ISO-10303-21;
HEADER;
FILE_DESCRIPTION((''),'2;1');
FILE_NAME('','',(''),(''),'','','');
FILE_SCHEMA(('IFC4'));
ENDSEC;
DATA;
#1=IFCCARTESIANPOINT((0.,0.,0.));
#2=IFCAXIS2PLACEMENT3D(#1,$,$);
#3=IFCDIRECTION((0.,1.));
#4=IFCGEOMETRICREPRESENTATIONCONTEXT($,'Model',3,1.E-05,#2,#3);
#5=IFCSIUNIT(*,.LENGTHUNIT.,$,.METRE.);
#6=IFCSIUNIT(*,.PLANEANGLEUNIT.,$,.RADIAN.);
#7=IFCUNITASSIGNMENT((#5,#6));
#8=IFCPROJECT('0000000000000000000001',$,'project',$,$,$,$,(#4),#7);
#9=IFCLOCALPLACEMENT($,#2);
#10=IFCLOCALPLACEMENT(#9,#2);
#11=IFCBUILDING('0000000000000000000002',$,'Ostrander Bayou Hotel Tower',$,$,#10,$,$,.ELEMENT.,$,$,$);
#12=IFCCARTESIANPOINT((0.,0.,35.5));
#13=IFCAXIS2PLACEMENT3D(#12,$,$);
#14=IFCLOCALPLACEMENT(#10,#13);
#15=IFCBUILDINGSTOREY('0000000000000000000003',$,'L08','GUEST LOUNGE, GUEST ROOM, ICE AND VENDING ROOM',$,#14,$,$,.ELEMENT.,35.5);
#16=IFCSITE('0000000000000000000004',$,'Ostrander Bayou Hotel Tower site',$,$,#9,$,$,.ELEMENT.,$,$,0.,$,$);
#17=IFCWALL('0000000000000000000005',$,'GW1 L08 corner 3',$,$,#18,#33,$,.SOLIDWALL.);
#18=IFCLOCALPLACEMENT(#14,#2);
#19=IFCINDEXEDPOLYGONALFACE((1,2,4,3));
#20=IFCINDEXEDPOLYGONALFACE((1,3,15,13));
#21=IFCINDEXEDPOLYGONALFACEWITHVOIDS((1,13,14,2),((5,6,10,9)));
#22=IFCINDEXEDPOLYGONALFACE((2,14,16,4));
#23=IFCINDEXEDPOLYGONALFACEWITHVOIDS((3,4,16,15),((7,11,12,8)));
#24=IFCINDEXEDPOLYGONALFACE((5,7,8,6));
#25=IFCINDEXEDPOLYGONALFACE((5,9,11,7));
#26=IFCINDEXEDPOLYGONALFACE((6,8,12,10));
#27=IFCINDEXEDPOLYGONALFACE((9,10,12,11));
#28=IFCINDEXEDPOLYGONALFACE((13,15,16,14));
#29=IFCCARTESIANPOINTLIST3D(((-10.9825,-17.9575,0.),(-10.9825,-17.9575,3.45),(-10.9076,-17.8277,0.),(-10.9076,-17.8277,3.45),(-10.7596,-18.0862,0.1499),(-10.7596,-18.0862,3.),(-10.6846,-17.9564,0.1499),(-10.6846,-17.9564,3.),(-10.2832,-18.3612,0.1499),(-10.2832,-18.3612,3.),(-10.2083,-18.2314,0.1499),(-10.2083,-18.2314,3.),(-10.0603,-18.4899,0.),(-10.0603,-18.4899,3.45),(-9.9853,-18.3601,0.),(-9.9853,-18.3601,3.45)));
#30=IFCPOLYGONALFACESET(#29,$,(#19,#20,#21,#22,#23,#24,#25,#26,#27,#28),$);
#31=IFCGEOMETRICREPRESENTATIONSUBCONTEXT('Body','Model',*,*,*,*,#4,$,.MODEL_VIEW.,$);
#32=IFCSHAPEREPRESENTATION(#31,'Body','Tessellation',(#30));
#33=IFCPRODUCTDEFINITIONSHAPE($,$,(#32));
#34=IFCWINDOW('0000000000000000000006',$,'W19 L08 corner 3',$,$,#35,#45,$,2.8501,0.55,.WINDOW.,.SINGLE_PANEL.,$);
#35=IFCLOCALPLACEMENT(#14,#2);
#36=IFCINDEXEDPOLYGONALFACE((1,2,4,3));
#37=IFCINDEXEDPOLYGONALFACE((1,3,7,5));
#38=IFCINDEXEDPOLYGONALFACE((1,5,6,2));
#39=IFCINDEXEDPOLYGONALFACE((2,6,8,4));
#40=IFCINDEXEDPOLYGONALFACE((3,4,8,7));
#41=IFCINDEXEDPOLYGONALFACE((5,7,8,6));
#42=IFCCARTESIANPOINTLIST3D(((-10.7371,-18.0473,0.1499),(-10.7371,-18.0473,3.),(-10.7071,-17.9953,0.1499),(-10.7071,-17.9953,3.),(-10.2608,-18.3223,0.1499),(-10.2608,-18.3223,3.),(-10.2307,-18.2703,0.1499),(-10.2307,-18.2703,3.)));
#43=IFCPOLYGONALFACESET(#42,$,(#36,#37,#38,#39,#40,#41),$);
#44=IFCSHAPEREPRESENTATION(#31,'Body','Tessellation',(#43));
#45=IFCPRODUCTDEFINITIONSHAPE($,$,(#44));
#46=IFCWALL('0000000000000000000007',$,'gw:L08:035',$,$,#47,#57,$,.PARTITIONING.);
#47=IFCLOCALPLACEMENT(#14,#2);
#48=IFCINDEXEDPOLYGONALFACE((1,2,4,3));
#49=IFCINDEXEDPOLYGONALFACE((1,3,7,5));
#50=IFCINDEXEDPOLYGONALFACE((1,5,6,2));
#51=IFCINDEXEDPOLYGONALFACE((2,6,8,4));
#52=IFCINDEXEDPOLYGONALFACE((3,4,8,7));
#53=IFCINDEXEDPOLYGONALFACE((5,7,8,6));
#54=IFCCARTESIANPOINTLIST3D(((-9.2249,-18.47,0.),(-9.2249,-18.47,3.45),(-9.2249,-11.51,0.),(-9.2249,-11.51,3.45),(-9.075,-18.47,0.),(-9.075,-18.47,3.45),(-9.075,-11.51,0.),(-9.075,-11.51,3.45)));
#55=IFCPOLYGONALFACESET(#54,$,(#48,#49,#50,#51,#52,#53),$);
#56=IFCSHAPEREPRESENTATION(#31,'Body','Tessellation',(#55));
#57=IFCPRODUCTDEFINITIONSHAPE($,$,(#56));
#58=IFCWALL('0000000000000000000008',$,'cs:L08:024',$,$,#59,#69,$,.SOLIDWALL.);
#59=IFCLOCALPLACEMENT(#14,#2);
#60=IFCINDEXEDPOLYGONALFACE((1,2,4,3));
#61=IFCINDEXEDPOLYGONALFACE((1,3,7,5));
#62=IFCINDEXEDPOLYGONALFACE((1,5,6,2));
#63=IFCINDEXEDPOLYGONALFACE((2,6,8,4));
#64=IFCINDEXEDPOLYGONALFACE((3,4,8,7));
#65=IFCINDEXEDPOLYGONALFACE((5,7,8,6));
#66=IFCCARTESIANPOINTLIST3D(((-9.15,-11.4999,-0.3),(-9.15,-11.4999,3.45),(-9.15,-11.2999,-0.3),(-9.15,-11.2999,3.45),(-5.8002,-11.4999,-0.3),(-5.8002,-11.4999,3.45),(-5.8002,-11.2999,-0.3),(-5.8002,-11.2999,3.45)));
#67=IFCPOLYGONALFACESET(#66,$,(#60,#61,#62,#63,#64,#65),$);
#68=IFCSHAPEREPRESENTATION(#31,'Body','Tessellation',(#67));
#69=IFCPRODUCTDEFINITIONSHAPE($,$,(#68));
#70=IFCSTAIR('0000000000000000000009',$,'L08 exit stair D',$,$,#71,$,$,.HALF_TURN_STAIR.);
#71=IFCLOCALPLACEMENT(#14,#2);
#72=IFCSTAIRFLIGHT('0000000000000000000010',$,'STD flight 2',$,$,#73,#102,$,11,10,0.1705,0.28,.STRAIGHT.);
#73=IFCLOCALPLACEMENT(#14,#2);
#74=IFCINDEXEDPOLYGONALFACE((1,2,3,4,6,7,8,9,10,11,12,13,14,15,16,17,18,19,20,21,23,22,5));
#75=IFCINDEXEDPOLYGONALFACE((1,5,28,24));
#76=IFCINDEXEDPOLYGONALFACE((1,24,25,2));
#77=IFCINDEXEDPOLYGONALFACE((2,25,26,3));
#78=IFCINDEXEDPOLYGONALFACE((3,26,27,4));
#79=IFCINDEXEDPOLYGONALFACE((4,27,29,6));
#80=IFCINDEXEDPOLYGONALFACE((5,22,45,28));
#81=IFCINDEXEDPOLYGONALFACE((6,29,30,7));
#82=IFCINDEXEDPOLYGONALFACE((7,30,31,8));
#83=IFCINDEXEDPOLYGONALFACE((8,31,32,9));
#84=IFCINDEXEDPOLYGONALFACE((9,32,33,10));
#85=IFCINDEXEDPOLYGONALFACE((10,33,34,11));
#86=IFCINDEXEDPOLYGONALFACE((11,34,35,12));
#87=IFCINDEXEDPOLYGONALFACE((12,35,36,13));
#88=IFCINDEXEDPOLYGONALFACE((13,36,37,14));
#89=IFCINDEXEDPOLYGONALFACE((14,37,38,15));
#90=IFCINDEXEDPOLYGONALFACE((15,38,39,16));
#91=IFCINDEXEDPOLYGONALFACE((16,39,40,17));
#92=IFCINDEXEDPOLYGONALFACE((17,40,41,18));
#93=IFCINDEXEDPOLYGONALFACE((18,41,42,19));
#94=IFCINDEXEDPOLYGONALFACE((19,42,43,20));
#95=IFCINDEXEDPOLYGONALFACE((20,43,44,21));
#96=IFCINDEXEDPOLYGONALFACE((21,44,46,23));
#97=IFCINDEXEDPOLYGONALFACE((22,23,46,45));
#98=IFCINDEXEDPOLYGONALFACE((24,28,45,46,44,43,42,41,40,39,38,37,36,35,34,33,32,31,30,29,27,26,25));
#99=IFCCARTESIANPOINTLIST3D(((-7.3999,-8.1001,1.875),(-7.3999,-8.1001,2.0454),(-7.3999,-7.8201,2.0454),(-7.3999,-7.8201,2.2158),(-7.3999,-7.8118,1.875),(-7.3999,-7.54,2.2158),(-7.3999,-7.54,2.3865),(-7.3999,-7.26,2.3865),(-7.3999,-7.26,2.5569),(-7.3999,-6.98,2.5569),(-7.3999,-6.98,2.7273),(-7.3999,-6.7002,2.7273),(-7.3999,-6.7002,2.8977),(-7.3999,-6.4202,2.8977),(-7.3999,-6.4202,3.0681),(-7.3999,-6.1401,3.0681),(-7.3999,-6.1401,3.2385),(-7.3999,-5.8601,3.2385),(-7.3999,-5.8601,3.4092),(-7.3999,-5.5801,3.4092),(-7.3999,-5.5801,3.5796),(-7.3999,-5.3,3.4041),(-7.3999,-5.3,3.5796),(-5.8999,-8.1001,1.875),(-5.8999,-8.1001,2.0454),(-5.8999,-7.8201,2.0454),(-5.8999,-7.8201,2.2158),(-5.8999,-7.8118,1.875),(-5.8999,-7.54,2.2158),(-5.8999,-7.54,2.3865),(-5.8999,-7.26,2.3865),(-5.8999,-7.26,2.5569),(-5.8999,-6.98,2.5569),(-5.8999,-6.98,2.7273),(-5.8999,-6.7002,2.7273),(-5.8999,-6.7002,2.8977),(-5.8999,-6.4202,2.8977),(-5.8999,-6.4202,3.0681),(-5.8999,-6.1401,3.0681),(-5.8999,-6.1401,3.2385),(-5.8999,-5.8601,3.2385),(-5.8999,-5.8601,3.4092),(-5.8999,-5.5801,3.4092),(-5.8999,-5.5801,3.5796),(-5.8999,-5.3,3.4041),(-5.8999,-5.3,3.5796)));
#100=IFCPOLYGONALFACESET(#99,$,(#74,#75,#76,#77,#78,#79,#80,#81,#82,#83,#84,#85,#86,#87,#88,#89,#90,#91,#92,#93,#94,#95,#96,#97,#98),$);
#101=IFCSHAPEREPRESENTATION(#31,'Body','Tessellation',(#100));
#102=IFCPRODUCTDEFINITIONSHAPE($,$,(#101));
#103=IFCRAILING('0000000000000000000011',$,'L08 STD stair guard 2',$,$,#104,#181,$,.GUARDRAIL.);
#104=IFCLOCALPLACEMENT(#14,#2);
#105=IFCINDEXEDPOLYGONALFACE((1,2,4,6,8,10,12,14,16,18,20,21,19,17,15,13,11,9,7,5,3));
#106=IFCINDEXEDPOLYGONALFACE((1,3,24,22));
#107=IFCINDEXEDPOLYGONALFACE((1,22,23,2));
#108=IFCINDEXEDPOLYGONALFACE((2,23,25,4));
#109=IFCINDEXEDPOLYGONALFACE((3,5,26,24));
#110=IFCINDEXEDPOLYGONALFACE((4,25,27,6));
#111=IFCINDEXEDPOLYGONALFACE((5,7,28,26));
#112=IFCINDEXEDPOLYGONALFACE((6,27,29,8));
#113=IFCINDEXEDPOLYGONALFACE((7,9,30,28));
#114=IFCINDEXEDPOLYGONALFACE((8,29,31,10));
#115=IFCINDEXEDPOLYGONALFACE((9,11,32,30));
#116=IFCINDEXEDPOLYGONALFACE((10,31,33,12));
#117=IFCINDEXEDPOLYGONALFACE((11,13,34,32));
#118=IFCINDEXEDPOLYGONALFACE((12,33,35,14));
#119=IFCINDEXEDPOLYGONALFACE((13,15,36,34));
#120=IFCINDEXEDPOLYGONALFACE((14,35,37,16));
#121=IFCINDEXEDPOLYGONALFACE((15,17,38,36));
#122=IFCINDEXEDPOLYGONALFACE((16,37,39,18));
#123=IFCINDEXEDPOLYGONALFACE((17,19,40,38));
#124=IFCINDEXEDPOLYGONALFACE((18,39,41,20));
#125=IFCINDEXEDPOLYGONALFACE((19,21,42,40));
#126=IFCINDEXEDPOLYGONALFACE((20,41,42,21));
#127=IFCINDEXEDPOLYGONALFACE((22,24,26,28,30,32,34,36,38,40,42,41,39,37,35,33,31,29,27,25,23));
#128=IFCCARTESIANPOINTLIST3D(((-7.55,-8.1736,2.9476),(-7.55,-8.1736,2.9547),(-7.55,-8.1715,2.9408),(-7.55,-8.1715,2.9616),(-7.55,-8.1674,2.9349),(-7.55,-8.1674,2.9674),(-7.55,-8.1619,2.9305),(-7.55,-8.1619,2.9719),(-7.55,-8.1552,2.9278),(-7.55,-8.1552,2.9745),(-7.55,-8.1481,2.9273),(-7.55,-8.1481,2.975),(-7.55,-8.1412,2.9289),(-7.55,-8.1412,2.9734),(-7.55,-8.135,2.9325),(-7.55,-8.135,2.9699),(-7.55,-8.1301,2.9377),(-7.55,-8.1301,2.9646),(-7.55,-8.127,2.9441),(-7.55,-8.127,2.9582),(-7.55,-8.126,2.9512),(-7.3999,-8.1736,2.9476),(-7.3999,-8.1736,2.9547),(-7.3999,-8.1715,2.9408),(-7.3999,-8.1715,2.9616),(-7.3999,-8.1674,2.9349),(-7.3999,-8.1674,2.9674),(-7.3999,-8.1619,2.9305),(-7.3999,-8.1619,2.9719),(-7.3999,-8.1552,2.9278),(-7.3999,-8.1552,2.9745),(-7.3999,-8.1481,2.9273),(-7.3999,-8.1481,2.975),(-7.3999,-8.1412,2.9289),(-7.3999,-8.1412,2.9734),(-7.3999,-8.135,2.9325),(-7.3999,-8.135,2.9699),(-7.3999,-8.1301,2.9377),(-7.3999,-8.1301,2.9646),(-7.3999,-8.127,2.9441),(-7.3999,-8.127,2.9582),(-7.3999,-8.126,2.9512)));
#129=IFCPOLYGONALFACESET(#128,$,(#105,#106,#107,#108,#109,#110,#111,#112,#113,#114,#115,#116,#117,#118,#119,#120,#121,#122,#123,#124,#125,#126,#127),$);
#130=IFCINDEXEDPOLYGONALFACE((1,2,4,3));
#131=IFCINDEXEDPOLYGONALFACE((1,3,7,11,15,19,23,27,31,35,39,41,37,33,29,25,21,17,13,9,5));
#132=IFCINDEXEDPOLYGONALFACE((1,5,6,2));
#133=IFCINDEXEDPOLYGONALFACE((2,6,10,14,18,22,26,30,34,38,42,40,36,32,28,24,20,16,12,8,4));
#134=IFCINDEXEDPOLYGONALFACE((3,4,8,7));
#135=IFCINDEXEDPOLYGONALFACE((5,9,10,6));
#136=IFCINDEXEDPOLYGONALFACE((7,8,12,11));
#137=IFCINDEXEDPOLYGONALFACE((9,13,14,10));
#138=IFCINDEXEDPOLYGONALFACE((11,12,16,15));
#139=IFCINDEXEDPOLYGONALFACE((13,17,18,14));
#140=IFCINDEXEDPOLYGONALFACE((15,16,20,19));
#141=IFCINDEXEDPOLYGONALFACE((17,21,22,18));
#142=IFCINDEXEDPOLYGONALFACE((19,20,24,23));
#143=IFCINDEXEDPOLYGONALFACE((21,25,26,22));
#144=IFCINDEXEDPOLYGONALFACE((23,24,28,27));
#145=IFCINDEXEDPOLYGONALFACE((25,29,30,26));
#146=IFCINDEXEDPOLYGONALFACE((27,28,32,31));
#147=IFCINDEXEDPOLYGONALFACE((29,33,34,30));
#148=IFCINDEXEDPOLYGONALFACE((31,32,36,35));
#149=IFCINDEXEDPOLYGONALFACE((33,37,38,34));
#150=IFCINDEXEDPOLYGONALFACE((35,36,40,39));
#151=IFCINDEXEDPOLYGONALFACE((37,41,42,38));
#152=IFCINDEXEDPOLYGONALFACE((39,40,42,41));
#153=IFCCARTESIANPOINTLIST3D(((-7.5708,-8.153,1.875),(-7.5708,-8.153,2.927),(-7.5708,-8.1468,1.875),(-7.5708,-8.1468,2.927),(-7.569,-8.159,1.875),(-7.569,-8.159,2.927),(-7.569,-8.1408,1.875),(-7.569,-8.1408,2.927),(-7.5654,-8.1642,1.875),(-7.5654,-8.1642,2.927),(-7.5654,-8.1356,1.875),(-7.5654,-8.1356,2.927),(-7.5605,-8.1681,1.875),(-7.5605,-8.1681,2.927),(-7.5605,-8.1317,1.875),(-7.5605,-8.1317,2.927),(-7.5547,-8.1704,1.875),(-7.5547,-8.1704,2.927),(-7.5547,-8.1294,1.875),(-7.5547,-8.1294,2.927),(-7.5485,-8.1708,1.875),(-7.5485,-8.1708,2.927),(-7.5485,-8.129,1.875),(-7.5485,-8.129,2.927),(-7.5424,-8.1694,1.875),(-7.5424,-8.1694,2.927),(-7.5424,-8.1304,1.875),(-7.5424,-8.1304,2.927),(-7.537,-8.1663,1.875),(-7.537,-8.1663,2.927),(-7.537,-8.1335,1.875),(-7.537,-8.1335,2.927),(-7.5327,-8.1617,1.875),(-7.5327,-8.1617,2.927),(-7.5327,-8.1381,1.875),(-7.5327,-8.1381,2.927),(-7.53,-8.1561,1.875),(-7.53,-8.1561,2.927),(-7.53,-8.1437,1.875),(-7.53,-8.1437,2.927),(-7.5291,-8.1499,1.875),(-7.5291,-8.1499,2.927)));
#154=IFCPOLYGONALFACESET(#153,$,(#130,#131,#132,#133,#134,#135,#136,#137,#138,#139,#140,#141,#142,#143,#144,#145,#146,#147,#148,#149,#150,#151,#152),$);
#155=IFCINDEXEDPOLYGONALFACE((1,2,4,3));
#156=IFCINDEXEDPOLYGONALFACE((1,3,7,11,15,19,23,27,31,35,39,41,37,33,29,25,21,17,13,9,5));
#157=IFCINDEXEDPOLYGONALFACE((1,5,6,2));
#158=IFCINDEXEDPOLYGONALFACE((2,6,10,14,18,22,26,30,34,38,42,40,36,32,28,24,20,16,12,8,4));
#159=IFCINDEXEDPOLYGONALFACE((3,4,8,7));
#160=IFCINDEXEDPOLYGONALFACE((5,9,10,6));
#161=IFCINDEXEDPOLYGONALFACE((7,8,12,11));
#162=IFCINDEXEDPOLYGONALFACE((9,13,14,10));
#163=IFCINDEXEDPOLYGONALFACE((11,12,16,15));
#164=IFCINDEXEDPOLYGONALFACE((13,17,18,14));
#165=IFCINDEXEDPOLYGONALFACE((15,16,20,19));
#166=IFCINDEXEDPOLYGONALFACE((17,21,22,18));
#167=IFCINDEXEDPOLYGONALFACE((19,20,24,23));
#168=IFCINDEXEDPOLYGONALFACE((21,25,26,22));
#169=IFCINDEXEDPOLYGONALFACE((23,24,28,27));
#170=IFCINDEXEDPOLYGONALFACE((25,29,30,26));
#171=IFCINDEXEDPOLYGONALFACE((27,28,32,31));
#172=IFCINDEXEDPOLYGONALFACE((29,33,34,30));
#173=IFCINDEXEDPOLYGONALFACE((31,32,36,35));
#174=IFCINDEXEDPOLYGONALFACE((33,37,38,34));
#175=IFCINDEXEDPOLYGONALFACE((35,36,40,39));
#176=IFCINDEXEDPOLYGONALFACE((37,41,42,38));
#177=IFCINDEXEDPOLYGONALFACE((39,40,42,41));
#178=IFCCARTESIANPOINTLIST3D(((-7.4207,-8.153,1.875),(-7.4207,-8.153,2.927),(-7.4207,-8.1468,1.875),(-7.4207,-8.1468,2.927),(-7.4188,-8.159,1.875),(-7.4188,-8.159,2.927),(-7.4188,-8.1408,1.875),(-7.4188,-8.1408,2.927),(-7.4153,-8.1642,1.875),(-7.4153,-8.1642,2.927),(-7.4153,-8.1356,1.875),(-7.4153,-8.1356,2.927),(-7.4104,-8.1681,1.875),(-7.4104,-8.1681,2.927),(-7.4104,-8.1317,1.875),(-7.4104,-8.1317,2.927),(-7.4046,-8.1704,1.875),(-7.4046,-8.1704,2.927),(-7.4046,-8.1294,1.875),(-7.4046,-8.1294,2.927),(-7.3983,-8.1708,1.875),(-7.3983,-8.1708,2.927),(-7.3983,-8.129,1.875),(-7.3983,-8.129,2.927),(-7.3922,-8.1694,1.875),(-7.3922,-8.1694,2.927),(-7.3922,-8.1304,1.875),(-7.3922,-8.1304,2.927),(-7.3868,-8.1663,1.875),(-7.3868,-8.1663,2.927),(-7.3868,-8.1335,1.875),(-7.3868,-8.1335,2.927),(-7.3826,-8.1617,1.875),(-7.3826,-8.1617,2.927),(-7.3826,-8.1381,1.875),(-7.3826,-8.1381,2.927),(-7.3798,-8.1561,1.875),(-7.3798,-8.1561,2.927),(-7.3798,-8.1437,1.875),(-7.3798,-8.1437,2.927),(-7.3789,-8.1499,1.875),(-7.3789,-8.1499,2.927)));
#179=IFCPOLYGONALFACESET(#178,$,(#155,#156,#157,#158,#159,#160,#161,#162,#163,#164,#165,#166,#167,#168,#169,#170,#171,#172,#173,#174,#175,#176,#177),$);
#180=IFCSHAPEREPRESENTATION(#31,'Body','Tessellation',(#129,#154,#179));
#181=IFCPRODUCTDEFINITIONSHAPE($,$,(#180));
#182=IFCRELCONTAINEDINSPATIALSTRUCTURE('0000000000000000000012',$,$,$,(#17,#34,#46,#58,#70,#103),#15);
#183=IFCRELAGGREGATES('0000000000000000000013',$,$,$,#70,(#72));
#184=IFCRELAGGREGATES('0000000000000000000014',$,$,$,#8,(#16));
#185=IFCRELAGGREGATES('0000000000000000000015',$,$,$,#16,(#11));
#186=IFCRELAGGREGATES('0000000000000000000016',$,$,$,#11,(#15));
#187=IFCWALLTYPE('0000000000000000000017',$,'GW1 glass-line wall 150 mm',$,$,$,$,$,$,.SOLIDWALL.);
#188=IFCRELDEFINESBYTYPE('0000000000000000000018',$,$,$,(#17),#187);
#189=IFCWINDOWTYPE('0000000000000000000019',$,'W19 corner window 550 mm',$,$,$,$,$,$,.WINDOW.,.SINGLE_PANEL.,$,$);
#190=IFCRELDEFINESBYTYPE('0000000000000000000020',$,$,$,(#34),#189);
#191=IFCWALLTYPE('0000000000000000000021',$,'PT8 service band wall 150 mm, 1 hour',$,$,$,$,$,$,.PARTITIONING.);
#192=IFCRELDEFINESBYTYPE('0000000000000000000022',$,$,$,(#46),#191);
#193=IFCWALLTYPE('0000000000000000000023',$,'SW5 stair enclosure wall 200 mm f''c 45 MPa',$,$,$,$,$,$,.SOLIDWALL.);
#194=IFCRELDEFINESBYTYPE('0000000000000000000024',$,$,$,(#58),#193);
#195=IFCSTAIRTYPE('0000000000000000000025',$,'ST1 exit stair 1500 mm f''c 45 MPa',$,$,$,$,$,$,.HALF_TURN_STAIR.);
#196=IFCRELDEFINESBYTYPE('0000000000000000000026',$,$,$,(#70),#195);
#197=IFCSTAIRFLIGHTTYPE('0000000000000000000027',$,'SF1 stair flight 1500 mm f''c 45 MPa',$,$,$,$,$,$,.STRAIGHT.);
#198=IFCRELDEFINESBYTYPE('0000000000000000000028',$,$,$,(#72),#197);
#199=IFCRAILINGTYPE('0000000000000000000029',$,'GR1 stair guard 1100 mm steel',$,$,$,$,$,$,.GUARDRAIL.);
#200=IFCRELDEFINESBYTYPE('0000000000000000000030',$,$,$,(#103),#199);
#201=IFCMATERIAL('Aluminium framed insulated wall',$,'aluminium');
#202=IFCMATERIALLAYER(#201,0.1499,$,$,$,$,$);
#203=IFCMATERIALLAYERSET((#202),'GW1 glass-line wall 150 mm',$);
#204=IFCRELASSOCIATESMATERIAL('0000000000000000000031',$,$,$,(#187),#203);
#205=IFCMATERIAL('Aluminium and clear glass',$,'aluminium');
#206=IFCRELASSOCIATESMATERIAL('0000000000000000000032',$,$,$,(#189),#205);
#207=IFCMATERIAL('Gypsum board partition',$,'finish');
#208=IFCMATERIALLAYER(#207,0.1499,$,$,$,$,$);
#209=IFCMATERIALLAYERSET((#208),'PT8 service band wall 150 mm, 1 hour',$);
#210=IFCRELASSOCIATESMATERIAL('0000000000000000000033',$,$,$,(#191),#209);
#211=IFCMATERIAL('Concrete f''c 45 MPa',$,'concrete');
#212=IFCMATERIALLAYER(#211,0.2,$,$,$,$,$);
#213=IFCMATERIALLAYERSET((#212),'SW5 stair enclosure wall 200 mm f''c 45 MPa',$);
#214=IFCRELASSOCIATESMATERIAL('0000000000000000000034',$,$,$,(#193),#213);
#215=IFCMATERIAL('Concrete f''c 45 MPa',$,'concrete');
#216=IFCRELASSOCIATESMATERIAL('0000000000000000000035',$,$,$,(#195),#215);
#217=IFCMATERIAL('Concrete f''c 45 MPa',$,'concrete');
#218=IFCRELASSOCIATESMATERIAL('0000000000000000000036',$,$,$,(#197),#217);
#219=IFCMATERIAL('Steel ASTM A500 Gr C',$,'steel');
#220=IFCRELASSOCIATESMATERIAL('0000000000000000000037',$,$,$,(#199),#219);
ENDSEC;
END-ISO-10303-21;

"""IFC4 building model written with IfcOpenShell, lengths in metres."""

from ifc_helpers import new_model, si_unit, direction, frame, frame_2d, origin, origin_2d, place, context, subcontext, project, spatial, polyline, rectangle, circle, outline, extrude, material, layer, layer_set, type_object, element, fill, aggregate, save


model = new_model("IFC4")

# Units and contexts
model_context = context("Model", 3, precision=1e-05, world=origin(), true_north=direction((0.0, 1.0)))
body_context = subcontext(model_context, "Body", "Model", "MODEL_VIEW")
ifc_project = project(units=[si_unit("LENGTHUNIT", "METRE"), si_unit("PLANEANGLEUNIT", "RADIAN")], contexts=[model_context])

# Site, building, storey
site_placement = place(None, origin())
site = spatial("IfcSite", under=ifc_project, at=site_placement, Name="Ostrander Bayou Hotel Tower site", CompositionType="ELEMENT", RefElevation=0.0)
building_placement = place(site_placement, origin())
building = spatial("IfcBuilding", under=site, at=building_placement, Name="Ostrander Bayou Hotel Tower", CompositionType="ELEMENT")
storey_placement = place(building_placement, frame((0.0, 0.0, 35.5)))
storey = spatial("IfcBuildingStorey", under=building, at=storey_placement, Name="L08", Description="GUEST LOUNGE, GUEST ROOM, ICE AND VENDING ROOM", CompositionType="ELEMENT", Elevation=35.5)

# Shared definitions
ifc_material_1 = material(Name="Aluminium framed insulated wall", Category="aluminium")
ifc_layer_1 = layer(ifc_material_1, 0.1499)
ifc_layer_set_1 = layer_set([ifc_layer_1], Name="GW1 glass-line wall 150 mm")
wall_type_1 = type_object("IfcWallType", Name="GW1 glass-line wall 150 mm", PredefinedType="SOLIDWALL", material=ifc_layer_set_1)

# Wall, opening, window
wall_1_placement = place(storey_placement, frame((-10.9451, -17.8926, 0.0), z_axis=(0.0, 0.0, 1.0), x_axis=(0.866048, -0.499961, 0.0)))
wall_1 = element("IfcWall", 1, at=wall_1_placement, inside=storey, type_object=wall_type_1, Name="GW1 L08 corner 3", PredefinedType="SOLIDWALL", context=body_context, shape_type="SweptSolid", body=[
    extrude(rectangle(XDim=1.0649, YDim=0.1499, at=frame_2d((0.5325, 0.0))), origin(), (0.0, 0.0, 1.0), 3.45),
])
opening_1_placement = place(wall_1_placement, frame((0.2576, 0.0, 0.1499)))
opening_1 = element("IfcOpeningElement", 2, at=opening_1_placement, cuts=wall_1, PredefinedType="OPENING", context=body_context, shape_type="SweptSolid", body=[
    extrude(rectangle(XDim=0.55, YDim=2.8501, at=frame_2d((0.2749, 1.425))), frame((0.0, 0.075, 0.0), z_axis=(0.0, -1.0, 0.0), x_axis=(1.0, 0.0, 0.0)), (0.0, 0.0, 1.0), 0.1499),
])
ifc_material_2 = material(Name="Aluminium and clear glass", Category="aluminium")
window_type_1 = type_object("IfcWindowType", Name="W19 corner window 550 mm", PartitioningType="SINGLE_PANEL", PredefinedType="WINDOW", material=ifc_material_2)
window_1_placement = place(opening_1_placement, origin())
window_1 = element("IfcWindow", 3, at=window_1_placement, inside=storey, type_object=window_type_1, Name="W19 L08 corner 3", OverallHeight=2.8501, OverallWidth=0.55, PartitioningType="SINGLE_PANEL", PredefinedType="WINDOW", context=body_context, shape_type="SweptSolid", body=[
    extrude(rectangle(XDim=0.55, YDim=2.8501, at=frame_2d((0.2749, 1.425))), frame((0.0, 0.03, 0.0), z_axis=(0.0, -1.0, 0.0), x_axis=(1.0, 0.0, 0.0)), (0.0, 0.0, 1.0), 0.0601),
])
fill(opening_1, window_1)

# Walls
ifc_material_3 = material(Name="Gypsum board partition", Category="finish")
ifc_layer_2 = layer(ifc_material_3, 0.1499)
ifc_layer_set_2 = layer_set([ifc_layer_2], Name="PT8 service band wall 150 mm, 1 hour")
wall_type_2 = type_object("IfcWallType", Name="PT8 service band wall 150 mm, 1 hour", PredefinedType="PARTITIONING", material=ifc_layer_set_2)
wall_2_placement = place(storey_placement, frame((-9.1499, -18.47, 0.0), z_axis=(0.0, 0.0, 1.0), x_axis=(0.0, 1.0, 0.0)))
element("IfcWall", 4, at=wall_2_placement, inside=storey, type_object=wall_type_2, Name="gw:L08:035", PredefinedType="PARTITIONING", context=body_context, shape_type="SweptSolid", body=[
    extrude(rectangle(XDim=6.96, YDim=0.1499, at=frame_2d((3.48, 0.0))), origin(), (0.0, 0.0, 1.0), 3.45),
])
ifc_material_4 = material(Name="Concrete f'c 45 MPa", Category="concrete")
ifc_layer_3 = layer(ifc_material_4, 0.2)
ifc_layer_set_3 = layer_set([ifc_layer_3], Name="SW5 stair enclosure wall 200 mm f'c 45 MPa")
wall_type_3 = type_object("IfcWallType", Name="SW5 stair enclosure wall 200 mm f'c 45 MPa", PredefinedType="SOLIDWALL", material=ifc_layer_set_3)
wall_3_placement = place(storey_placement, frame((-9.1499, -11.3999, -0.3), z_axis=(0.0, 0.0, 1.0), x_axis=(1.0, 0.0, 0.0)))
element("IfcWall", 5, at=wall_3_placement, inside=storey, type_object=wall_type_3, Name="cs:L08:024", PredefinedType="SOLIDWALL", context=body_context, shape_type="SweptSolid", body=[
    extrude(rectangle(XDim=3.3499, YDim=0.2, at=frame_2d((1.6748, 0.0))), origin(), (0.0, 0.0, 1.0), 3.75),
])

# Stair, stair flight
ifc_material_5 = material(Name="Concrete f'c 45 MPa", Category="concrete")
stair_type = type_object("IfcStairType", Name="ST1 exit stair 1500 mm f'c 45 MPa", PredefinedType="HALF_TURN_STAIR", material=ifc_material_5)
stair_placement = place(storey_placement, origin())
stair = element("IfcStair", 6, at=stair_placement, inside=storey, type_object=stair_type, Name="L08 exit stair D", PredefinedType="HALF_TURN_STAIR")
ifc_material_6 = material(Name="Concrete f'c 45 MPa", Category="concrete")
stair_flight_type = type_object("IfcStairFlightType", Name="SF1 stair flight 1500 mm f'c 45 MPa", PredefinedType="STRAIGHT", material=ifc_material_6)
stair_flight_placement = place(storey_placement, frame((-6.6499, -8.1001, 1.875), z_axis=(0.0, 0.0, 1.0), x_axis=(0.0, 1.0, 0.0)))
stair_flight = element("IfcStairFlight", 7, at=stair_flight_placement, type_object=stair_flight_type, Name="STD flight 2", NumberOfRisers=11, NumberOfTreads=10, PredefinedType="STRAIGHT", RiserHeight=0.1705, TreadLength=0.28, context=body_context, shape_type="SweptSolid", body=[
    extrude(outline(polyline([(0.0, 0.0), (0.0, 0.1704), (0.28, 0.1704), (0.28, 0.3408), (0.5601, 0.3408), (0.5601, 0.5115), (0.8401, 0.5115), (0.8401, 0.6819), (1.1201, 0.6819), (1.1201, 0.8523), (1.3999, 0.8523), (1.3999, 1.0227), (1.6799, 1.0227), (1.6799, 1.1931), (1.96, 1.1931), (1.96, 1.3635), (2.24, 1.3635), (2.24, 1.5342), (2.52, 1.5342), (2.52, 1.7046), (2.8, 1.7046), (2.8, 1.875), (2.8, 1.5291), (0.2883, 0.0), (0.0, 0.0)])), frame((0.0, 0.75, 0.0), z_axis=(0.0, -1.0, 0.0), x_axis=(1.0, 0.0, 0.0)), (0.0, 0.0, 1.0), 1.5),
])
aggregate(stair, [stair_flight])

# Railing
ifc_material_7 = material(Name="Steel ASTM A500 Gr C", Category="steel")
railing_type_1 = type_object("IfcRailingType", Name="GR1 stair guard 1100 mm steel", PredefinedType="GUARDRAIL", material=ifc_material_7)
railing_1_placement = place(storey_placement, frame((-7.55, -8.1499, 1.875)))
element("IfcRailing", 8, at=railing_1_placement, inside=storey, type_object=railing_type_1, Name="L08 STD stair guard 2", PredefinedType="GUARDRAIL", context=body_context, shape_type="SweptSolid", body=[
    extrude(circle(Radius=0.0239, at=origin_2d()), frame((0.0, 0.0, 1.0762), z_axis=(1.0, 0.0, 0.0), x_axis=(0.0, 1.0, 0.0)), (0.0, 0.0, 1.0), 0.1501),
    extrude(circle(Radius=0.021, at=origin_2d()), origin(), (0.0, 0.0, 1.0), 1.052),
    extrude(circle(Radius=0.021, at=origin_2d()), frame((0.1501, 0.0, 0.0)), (0.0, 0.0, 1.0), 1.052),
])

save(model, "model.ifc")
